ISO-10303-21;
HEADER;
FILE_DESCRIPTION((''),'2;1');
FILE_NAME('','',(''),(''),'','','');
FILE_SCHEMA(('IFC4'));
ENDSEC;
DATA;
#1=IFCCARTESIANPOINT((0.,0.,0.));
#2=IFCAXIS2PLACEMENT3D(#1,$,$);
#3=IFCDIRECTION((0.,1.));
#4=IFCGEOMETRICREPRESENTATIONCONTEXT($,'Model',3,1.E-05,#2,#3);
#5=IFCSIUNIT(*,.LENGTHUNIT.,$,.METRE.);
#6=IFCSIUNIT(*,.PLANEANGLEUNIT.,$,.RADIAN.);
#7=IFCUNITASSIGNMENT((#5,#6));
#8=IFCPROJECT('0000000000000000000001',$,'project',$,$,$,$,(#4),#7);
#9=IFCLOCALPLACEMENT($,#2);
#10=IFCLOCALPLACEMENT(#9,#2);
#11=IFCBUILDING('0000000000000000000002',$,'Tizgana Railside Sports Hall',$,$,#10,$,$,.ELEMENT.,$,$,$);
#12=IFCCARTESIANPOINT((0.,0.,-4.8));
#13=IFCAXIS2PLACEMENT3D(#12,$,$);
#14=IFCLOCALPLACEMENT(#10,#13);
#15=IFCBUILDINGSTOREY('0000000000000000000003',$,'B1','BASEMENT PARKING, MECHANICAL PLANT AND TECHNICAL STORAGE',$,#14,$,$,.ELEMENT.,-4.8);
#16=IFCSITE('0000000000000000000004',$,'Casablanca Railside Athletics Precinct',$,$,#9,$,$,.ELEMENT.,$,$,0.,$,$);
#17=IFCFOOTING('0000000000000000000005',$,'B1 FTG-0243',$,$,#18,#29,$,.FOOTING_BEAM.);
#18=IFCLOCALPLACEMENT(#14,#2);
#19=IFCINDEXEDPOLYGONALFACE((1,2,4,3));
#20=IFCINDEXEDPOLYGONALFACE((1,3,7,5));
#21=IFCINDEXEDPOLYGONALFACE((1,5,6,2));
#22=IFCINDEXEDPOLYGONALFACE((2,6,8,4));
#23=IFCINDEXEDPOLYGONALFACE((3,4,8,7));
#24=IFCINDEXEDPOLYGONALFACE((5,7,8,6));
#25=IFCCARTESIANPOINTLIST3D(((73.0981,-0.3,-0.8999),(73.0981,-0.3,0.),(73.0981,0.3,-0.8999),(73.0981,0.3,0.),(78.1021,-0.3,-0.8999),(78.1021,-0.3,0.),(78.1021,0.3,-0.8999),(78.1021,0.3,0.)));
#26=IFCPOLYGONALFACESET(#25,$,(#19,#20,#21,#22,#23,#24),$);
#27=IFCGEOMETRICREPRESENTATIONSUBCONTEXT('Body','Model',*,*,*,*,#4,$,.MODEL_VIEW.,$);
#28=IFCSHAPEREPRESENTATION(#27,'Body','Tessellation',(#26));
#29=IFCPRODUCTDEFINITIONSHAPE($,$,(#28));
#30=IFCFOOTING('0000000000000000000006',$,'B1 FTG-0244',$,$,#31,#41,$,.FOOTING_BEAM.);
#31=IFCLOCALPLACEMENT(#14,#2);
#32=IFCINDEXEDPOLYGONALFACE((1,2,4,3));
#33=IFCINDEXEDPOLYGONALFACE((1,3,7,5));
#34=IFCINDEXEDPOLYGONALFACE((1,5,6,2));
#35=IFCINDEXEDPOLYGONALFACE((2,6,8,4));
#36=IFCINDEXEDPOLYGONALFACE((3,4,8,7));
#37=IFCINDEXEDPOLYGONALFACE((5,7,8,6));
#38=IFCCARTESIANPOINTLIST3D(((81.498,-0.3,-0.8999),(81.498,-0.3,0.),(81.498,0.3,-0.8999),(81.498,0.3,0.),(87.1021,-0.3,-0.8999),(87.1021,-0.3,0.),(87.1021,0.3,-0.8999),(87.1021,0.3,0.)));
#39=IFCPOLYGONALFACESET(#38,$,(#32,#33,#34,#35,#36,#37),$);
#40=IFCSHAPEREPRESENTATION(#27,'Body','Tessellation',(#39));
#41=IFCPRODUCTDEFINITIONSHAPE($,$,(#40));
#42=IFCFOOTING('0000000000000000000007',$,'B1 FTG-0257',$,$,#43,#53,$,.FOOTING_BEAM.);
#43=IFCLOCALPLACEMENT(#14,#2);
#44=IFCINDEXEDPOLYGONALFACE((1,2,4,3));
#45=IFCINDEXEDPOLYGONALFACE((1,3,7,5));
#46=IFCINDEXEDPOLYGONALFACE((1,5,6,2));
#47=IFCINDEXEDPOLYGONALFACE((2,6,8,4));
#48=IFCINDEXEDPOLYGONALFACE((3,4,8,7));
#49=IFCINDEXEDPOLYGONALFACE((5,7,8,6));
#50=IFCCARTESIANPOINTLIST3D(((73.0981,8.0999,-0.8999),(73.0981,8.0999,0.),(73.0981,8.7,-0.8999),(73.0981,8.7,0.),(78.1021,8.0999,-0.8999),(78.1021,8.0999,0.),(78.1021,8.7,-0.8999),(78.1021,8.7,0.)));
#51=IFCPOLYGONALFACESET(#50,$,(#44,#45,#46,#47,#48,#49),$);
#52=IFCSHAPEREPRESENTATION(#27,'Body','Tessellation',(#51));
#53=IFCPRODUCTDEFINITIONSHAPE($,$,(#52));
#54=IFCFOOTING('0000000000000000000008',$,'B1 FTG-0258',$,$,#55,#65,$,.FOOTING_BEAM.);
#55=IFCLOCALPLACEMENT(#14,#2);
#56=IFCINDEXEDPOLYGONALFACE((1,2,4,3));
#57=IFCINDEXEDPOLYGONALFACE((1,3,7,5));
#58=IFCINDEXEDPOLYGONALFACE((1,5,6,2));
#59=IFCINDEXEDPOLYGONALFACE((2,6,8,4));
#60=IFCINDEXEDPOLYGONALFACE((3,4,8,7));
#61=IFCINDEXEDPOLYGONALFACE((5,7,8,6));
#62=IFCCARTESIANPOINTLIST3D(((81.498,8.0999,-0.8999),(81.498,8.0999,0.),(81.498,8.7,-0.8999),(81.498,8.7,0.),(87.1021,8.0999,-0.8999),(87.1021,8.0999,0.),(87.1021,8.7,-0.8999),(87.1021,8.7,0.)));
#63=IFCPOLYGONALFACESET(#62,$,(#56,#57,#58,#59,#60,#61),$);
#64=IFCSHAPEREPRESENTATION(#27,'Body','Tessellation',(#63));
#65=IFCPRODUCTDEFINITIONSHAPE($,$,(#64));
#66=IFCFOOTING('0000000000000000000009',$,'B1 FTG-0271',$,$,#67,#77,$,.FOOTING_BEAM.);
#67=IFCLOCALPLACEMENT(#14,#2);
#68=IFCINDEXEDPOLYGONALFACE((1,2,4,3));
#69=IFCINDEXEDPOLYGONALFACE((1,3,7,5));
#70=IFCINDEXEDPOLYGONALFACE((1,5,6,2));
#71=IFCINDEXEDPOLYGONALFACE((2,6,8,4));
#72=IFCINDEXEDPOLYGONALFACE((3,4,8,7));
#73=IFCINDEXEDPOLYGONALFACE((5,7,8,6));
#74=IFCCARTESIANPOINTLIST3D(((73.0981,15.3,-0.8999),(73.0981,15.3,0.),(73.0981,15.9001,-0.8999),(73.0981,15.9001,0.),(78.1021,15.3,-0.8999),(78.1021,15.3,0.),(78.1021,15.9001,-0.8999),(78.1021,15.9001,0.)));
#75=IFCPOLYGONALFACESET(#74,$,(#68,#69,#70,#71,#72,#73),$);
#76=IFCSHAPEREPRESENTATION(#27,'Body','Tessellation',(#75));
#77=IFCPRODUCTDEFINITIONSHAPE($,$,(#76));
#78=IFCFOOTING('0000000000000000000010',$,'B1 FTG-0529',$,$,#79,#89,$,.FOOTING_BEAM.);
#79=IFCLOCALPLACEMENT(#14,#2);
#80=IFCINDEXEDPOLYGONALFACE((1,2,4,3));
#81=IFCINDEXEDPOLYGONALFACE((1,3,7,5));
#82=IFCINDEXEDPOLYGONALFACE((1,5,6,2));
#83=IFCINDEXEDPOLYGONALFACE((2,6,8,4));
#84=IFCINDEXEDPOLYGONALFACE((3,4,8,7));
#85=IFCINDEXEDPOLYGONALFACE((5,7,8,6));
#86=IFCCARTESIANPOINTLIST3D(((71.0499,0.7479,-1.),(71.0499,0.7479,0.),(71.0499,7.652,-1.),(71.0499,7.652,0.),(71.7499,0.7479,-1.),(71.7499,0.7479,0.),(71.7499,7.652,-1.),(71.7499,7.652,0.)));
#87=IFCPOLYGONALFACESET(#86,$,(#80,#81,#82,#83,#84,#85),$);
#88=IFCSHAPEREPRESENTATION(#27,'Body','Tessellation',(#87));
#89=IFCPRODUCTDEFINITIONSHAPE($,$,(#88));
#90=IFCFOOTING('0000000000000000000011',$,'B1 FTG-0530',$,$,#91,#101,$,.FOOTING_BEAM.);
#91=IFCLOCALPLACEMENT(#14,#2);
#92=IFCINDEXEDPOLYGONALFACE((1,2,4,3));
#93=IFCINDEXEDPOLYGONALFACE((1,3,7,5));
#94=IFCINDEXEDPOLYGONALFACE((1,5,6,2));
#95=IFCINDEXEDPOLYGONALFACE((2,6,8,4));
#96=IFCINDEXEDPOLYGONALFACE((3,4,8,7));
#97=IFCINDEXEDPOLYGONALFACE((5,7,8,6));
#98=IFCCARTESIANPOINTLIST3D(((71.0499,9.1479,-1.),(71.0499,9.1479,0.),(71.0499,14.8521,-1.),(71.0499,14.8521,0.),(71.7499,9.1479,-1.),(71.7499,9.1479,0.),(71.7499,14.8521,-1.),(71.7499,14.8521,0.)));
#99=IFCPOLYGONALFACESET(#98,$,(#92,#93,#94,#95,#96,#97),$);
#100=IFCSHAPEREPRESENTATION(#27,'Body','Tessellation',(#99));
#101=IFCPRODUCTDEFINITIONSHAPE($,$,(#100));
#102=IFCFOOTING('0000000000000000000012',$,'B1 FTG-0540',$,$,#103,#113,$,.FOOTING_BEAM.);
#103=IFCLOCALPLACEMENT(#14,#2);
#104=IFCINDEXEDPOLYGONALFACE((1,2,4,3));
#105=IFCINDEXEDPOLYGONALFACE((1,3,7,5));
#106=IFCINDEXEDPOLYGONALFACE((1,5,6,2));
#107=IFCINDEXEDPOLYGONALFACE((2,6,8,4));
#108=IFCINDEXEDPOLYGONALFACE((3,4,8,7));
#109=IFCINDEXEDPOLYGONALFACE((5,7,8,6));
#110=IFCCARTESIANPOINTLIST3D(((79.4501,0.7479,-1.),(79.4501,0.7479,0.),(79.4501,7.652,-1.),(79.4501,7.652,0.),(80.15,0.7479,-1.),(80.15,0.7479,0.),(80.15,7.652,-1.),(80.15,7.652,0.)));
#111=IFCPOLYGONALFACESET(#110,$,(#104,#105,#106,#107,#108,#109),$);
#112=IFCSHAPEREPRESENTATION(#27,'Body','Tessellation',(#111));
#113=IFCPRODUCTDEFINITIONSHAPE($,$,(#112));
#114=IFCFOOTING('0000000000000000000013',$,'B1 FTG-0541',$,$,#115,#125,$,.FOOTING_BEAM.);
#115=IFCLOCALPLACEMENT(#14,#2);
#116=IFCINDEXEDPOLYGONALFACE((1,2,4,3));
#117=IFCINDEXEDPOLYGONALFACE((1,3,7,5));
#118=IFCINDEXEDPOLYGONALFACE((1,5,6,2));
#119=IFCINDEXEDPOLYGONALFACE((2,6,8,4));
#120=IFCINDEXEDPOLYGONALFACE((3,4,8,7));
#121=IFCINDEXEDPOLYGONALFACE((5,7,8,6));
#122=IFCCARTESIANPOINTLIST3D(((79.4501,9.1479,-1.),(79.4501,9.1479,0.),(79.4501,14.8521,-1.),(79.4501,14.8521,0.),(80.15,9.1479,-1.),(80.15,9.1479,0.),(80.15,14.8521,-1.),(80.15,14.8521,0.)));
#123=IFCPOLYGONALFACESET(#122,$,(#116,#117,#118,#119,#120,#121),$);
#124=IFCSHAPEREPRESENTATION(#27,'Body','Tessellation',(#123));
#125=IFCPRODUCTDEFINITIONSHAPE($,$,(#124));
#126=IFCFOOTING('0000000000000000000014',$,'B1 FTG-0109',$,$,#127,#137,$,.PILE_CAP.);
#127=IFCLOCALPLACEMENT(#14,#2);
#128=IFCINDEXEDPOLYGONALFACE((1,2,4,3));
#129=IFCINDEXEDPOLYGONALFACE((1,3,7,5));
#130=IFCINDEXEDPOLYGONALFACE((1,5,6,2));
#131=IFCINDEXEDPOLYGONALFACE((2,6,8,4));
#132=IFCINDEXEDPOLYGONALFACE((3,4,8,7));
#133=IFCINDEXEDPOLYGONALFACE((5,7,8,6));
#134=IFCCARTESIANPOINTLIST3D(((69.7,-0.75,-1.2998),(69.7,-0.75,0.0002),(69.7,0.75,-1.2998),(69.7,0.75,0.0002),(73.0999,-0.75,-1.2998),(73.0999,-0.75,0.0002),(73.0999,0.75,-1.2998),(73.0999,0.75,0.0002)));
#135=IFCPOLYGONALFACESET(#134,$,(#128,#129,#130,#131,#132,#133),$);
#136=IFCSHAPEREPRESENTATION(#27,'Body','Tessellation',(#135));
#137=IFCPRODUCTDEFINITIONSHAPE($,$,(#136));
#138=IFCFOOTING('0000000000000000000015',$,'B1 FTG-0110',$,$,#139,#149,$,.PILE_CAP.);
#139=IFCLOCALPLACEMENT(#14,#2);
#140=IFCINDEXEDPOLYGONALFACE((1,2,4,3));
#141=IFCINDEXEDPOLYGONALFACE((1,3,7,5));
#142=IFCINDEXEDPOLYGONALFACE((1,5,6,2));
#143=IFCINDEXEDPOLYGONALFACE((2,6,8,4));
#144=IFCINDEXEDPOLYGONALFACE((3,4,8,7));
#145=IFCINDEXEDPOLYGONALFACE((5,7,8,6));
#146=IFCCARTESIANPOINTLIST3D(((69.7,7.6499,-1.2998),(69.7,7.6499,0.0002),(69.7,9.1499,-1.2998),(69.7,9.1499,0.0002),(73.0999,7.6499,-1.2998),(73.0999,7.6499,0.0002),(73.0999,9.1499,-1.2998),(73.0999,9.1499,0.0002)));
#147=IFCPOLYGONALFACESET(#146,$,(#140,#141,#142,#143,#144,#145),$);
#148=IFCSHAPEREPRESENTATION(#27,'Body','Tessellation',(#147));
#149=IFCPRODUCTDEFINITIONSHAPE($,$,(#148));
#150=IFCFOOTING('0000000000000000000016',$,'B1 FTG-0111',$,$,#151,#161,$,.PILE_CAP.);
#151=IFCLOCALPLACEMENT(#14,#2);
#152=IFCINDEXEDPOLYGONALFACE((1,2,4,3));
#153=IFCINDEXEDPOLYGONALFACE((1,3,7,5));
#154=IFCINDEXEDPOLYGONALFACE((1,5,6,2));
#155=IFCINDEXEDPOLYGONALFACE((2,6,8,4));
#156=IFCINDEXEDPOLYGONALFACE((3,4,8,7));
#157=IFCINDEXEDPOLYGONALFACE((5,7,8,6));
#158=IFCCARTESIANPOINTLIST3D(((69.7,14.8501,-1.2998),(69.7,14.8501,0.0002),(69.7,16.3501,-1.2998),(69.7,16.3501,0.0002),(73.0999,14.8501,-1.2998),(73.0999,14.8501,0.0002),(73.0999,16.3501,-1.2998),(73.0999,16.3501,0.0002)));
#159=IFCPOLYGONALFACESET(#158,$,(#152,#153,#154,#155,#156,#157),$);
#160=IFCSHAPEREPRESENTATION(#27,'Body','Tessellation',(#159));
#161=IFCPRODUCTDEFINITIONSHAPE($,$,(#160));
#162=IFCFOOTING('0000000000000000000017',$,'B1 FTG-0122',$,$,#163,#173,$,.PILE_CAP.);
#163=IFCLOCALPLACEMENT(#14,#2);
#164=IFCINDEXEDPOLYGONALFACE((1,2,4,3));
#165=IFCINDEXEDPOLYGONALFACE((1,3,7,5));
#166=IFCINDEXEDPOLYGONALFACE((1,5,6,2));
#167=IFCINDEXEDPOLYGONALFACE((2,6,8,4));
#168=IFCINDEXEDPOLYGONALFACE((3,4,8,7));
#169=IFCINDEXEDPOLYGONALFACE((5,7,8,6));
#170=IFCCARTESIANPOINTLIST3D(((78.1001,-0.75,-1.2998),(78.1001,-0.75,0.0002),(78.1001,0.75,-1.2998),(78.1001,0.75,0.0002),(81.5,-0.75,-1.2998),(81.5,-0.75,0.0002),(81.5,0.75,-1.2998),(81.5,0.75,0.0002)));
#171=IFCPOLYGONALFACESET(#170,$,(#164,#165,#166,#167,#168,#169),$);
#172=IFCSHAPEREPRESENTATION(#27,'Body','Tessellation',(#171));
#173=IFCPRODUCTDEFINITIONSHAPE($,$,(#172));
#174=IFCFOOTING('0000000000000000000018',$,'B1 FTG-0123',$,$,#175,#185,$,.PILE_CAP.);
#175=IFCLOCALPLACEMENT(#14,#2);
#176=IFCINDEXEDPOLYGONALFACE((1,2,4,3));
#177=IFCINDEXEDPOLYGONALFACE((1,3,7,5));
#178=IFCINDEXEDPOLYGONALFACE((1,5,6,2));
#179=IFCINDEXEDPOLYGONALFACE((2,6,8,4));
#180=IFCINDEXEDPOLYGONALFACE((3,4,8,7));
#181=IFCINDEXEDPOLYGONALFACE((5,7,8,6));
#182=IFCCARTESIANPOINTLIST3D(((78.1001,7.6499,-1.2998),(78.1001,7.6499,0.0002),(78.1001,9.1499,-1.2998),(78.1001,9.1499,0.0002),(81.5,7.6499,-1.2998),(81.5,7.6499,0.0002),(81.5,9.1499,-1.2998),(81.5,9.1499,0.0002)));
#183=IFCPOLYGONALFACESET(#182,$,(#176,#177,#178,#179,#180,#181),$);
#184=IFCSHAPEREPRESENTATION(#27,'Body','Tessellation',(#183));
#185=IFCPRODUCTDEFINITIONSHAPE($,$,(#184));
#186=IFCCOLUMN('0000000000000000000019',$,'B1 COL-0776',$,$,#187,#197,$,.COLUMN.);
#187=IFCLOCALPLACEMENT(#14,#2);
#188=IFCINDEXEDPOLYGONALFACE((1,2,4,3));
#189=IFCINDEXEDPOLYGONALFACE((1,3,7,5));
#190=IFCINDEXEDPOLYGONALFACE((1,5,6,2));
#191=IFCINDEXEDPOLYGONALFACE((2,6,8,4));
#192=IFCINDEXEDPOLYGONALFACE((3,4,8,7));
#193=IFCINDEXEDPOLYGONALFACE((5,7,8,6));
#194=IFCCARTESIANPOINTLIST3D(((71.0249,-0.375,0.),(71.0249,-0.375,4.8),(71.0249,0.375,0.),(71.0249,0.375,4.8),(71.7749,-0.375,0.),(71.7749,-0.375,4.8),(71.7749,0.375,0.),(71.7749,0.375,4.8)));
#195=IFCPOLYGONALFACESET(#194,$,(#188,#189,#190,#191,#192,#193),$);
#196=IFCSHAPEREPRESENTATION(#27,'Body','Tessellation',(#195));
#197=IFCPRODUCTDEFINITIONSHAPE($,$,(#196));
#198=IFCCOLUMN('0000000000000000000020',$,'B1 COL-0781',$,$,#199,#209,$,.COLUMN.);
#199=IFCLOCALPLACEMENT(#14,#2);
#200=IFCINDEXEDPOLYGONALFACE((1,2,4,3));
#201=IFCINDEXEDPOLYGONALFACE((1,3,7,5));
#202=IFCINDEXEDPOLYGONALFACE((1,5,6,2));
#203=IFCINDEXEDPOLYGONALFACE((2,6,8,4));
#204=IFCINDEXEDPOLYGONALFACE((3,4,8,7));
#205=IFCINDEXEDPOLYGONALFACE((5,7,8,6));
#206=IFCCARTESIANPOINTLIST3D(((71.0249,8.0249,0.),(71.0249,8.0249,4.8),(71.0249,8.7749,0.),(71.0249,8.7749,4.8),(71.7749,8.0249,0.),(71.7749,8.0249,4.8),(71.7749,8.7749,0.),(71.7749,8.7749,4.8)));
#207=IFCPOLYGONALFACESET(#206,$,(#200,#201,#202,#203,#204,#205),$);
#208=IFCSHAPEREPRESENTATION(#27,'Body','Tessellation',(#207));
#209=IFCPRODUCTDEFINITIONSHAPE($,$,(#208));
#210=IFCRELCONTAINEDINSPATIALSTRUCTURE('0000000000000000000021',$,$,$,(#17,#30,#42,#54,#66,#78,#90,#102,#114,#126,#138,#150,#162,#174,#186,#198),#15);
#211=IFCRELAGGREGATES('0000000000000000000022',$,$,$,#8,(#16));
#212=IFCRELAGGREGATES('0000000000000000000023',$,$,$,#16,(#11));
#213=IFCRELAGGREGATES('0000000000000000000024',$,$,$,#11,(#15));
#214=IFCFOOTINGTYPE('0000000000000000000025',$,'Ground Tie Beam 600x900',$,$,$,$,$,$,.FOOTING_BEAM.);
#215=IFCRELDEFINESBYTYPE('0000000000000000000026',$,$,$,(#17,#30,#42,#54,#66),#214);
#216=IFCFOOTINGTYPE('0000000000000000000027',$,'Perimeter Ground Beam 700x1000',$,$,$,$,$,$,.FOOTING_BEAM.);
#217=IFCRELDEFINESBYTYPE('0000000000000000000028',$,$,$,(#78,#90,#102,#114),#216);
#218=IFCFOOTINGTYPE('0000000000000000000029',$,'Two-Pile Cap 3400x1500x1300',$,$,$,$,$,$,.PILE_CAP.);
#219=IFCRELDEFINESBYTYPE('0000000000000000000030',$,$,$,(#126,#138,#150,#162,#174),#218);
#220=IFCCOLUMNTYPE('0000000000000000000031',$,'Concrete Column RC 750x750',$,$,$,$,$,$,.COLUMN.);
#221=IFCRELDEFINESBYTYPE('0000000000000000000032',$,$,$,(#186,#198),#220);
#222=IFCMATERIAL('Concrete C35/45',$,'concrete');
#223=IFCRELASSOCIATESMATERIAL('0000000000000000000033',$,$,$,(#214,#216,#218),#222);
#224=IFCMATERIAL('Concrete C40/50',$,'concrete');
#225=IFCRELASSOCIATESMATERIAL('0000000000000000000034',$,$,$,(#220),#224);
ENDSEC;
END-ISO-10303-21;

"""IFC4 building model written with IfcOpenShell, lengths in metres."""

from ifc_helpers import new_model, si_unit, direction, frame, origin, origin_2d, place, context, subcontext, project, spatial, rectangle, extrude, material, material_profile, profile_set, type_object, element, save


model = new_model("IFC4")

# Units and contexts
model_context = context("Model", 3, precision=1e-05, world=origin(), true_north=direction((0.0, 1.0)))
body_context = subcontext(model_context, "Body", "Model", "MODEL_VIEW")
ifc_project = project(units=[si_unit("LENGTHUNIT", "METRE"), si_unit("PLANEANGLEUNIT", "RADIAN")], contexts=[model_context])

# Site, building, storey
site_placement = place(None, origin())
site = spatial("IfcSite", under=ifc_project, at=site_placement, Name="Casablanca Railside Athletics Precinct", CompositionType="ELEMENT", RefElevation=0.0)
building_placement = place(site_placement, origin())
building = spatial("IfcBuilding", under=site, at=building_placement, Name="Tizgana Railside Sports Hall", CompositionType="ELEMENT")
storey_placement = place(building_placement, frame((0.0, 0.0, -4.8)))
storey = spatial("IfcBuildingStorey", under=building, at=storey_placement, Name="B1", Description="BASEMENT PARKING, MECHANICAL PLANT AND TECHNICAL STORAGE", CompositionType="ELEMENT", Elevation=-4.8)

# Shared definitions
ifc_material_1 = material(Name="Concrete C35/45", Category="concrete")

# Footings
footing_type_1 = type_object("IfcFootingType", Name="Ground Tie Beam 600x900", PredefinedType="FOOTING_BEAM", material=ifc_material_1)
footing_1_placement = place(storey_placement, frame((75.6001, 0.0, -0.8999), z_axis=(0.0, 0.0, 1.0), x_axis=(1.0, 0.0, 0.0)))
element("IfcFooting", 1, at=footing_1_placement, inside=storey, type_object=footing_type_1, Name="B1 FTG-0243", PredefinedType="FOOTING_BEAM", context=body_context, shape_type="SweptSolid", body=[
    extrude(rectangle(XDim=5.0039, YDim=0.6001, at=origin_2d()), origin(), (0.0, 0.0, 1.0), 0.8999),
])
footing_2_placement = place(storey_placement, frame((84.3, 0.0, -0.8999), z_axis=(0.0, 0.0, 1.0), x_axis=(1.0, 0.0, 0.0)))
element("IfcFooting", 2, at=footing_2_placement, inside=storey, type_object=footing_type_1, Name="B1 FTG-0244", PredefinedType="FOOTING_BEAM", context=body_context, shape_type="SweptSolid", body=[
    extrude(rectangle(XDim=5.604, YDim=0.6001, at=origin_2d()), origin(), (0.0, 0.0, 1.0), 0.8999),
])
footing_3_placement = place(storey_placement, frame((75.6001, 8.3999, -0.8999), z_axis=(0.0, 0.0, 1.0), x_axis=(1.0, 0.0, 0.0)))
element("IfcFooting", 3, at=footing_3_placement, inside=storey, type_object=footing_type_1, Name="B1 FTG-0257", PredefinedType="FOOTING_BEAM", context=body_context, shape_type="SweptSolid", body=[
    extrude(rectangle(XDim=5.0039, YDim=0.6001, at=origin_2d()), origin(), (0.0, 0.0, 1.0), 0.8999),
])
footing_4_placement = place(storey_placement, frame((84.3, 8.3999, -0.8999), z_axis=(0.0, 0.0, 1.0), x_axis=(1.0, 0.0, 0.0)))
element("IfcFooting", 4, at=footing_4_placement, inside=storey, type_object=footing_type_1, Name="B1 FTG-0258", PredefinedType="FOOTING_BEAM", context=body_context, shape_type="SweptSolid", body=[
    extrude(rectangle(XDim=5.604, YDim=0.6001, at=origin_2d()), origin(), (0.0, 0.0, 1.0), 0.8999),
])
footing_5_placement = place(storey_placement, frame((75.6001, 15.6001, -0.8999), z_axis=(0.0, 0.0, 1.0), x_axis=(1.0, 0.0, 0.0)))
element("IfcFooting", 5, at=footing_5_placement, inside=storey, type_object=footing_type_1, Name="B1 FTG-0271", PredefinedType="FOOTING_BEAM", context=body_context, shape_type="SweptSolid", body=[
    extrude(rectangle(XDim=5.0039, YDim=0.6001, at=origin_2d()), origin(), (0.0, 0.0, 1.0), 0.8999),
])
footing_type_2 = type_object("IfcFootingType", Name="Perimeter Ground Beam 700x1000", PredefinedType="FOOTING_BEAM", material=ifc_material_1)
footing_6_placement = place(storey_placement, frame((71.3999, 4.2, -1.0), z_axis=(0.0, 0.0, 1.0), x_axis=(0.0, 1.0, 0.0)))
element("IfcFooting", 6, at=footing_6_placement, inside=storey, type_object=footing_type_2, Name="B1 FTG-0529", PredefinedType="FOOTING_BEAM", context=body_context, shape_type="SweptSolid", body=[
    extrude(rectangle(XDim=6.9041, YDim=0.7, at=origin_2d()), origin(), (0.0, 0.0, 1.0), 1.0),
])
footing_7_placement = place(storey_placement, frame((71.3999, 12.0, -1.0), z_axis=(0.0, 0.0, 1.0), x_axis=(0.0, 1.0, 0.0)))
element("IfcFooting", 7, at=footing_7_placement, inside=storey, type_object=footing_type_2, Name="B1 FTG-0530", PredefinedType="FOOTING_BEAM", context=body_context, shape_type="SweptSolid", body=[
    extrude(rectangle(XDim=5.7041, YDim=0.7, at=origin_2d()), origin(), (0.0, 0.0, 1.0), 1.0),
])
footing_8_placement = place(storey_placement, frame((79.8, 4.2, -1.0), z_axis=(0.0, 0.0, 1.0), x_axis=(0.0, 1.0, 0.0)))
element("IfcFooting", 8, at=footing_8_placement, inside=storey, type_object=footing_type_2, Name="B1 FTG-0540", PredefinedType="FOOTING_BEAM", context=body_context, shape_type="SweptSolid", body=[
    extrude(rectangle(XDim=6.9041, YDim=0.7, at=origin_2d()), origin(), (0.0, 0.0, 1.0), 1.0),
])
footing_9_placement = place(storey_placement, frame((79.8, 12.0, -1.0), z_axis=(0.0, 0.0, 1.0), x_axis=(0.0, 1.0, 0.0)))
element("IfcFooting", 9, at=footing_9_placement, inside=storey, type_object=footing_type_2, Name="B1 FTG-0541", PredefinedType="FOOTING_BEAM", context=body_context, shape_type="SweptSolid", body=[
    extrude(rectangle(XDim=5.7041, YDim=0.7, at=origin_2d()), origin(), (0.0, 0.0, 1.0), 1.0),
])
footing_type_3 = type_object("IfcFootingType", Name="Two-Pile Cap 3400x1500x1300", PredefinedType="PILE_CAP", material=ifc_material_1)
for number, where, z_axis, x_axis, name in (
    (10, (71.3999, 0.0, -1.2998), (0.0, 0.0, 1.0), (1.0, 0.0, 0.0), "B1 FTG-0109"),
    (11, (71.3999, 8.3999, -1.2998), (0.0, 0.0, 1.0), (1.0, 0.0, 0.0), "B1 FTG-0110"),
    (12, (71.3999, 15.6001, -1.2998), (0.0, 0.0, 1.0), (1.0, 0.0, 0.0), "B1 FTG-0111"),
    (13, (79.8, 0.0, -1.2998), (0.0, 0.0, 1.0), (1.0, 0.0, 0.0), "B1 FTG-0122"),
    (14, (79.8, 8.3999, -1.2998), (0.0, 0.0, 1.0), (1.0, 0.0, 0.0), "B1 FTG-0123"),
):
    element("IfcFooting", number, at=place(storey_placement, frame(where, z_axis=z_axis, x_axis=x_axis)), inside=storey, type_object=footing_type_3, Name=name, PredefinedType="PILE_CAP", context=body_context, shape_type="SweptSolid", body=[
        extrude(rectangle(XDim=3.3999, YDim=1.5, at=origin_2d()), origin(), (0.0, 0.0, 1.0), 1.3),
    ])

# Columns
ifc_material_2 = material(Name="Concrete C40/50", Category="concrete")
ifc_material_profile_1 = material_profile(ifc_material_2, rectangle(XDim=0.75, YDim=0.75, at=origin_2d()), Name="RC 750x750")
ifc_profile_set_1 = profile_set([ifc_material_profile_1], Name="Concrete C40/50")
column_type = type_object("IfcColumnType", Name="Concrete Column RC 750x750", PredefinedType="COLUMN", material=ifc_profile_set_1)
for number, where, z_axis, x_axis, name in (
    (15, (71.3999, 0.0, 0.0), (0.0, 0.0, 1.0), (1.0, 0.0, 0.0), "B1 COL-0776"),
    (16, (71.3999, 8.3999, 0.0), (0.0, 0.0, 1.0), (1.0, 0.0, 0.0), "B1 COL-0781"),
):
    element("IfcColumn", number, at=place(storey_placement, frame(where, z_axis=z_axis, x_axis=x_axis)), inside=storey, type_object=column_type, Name=name, PredefinedType="COLUMN", context=body_context, shape_type="SweptSolid", body=[
        extrude(rectangle(XDim=0.75, YDim=0.75, at=origin_2d()), origin(), (0.0, 0.0, 1.0), 4.8),
    ])

save(model, "model.ifc")
